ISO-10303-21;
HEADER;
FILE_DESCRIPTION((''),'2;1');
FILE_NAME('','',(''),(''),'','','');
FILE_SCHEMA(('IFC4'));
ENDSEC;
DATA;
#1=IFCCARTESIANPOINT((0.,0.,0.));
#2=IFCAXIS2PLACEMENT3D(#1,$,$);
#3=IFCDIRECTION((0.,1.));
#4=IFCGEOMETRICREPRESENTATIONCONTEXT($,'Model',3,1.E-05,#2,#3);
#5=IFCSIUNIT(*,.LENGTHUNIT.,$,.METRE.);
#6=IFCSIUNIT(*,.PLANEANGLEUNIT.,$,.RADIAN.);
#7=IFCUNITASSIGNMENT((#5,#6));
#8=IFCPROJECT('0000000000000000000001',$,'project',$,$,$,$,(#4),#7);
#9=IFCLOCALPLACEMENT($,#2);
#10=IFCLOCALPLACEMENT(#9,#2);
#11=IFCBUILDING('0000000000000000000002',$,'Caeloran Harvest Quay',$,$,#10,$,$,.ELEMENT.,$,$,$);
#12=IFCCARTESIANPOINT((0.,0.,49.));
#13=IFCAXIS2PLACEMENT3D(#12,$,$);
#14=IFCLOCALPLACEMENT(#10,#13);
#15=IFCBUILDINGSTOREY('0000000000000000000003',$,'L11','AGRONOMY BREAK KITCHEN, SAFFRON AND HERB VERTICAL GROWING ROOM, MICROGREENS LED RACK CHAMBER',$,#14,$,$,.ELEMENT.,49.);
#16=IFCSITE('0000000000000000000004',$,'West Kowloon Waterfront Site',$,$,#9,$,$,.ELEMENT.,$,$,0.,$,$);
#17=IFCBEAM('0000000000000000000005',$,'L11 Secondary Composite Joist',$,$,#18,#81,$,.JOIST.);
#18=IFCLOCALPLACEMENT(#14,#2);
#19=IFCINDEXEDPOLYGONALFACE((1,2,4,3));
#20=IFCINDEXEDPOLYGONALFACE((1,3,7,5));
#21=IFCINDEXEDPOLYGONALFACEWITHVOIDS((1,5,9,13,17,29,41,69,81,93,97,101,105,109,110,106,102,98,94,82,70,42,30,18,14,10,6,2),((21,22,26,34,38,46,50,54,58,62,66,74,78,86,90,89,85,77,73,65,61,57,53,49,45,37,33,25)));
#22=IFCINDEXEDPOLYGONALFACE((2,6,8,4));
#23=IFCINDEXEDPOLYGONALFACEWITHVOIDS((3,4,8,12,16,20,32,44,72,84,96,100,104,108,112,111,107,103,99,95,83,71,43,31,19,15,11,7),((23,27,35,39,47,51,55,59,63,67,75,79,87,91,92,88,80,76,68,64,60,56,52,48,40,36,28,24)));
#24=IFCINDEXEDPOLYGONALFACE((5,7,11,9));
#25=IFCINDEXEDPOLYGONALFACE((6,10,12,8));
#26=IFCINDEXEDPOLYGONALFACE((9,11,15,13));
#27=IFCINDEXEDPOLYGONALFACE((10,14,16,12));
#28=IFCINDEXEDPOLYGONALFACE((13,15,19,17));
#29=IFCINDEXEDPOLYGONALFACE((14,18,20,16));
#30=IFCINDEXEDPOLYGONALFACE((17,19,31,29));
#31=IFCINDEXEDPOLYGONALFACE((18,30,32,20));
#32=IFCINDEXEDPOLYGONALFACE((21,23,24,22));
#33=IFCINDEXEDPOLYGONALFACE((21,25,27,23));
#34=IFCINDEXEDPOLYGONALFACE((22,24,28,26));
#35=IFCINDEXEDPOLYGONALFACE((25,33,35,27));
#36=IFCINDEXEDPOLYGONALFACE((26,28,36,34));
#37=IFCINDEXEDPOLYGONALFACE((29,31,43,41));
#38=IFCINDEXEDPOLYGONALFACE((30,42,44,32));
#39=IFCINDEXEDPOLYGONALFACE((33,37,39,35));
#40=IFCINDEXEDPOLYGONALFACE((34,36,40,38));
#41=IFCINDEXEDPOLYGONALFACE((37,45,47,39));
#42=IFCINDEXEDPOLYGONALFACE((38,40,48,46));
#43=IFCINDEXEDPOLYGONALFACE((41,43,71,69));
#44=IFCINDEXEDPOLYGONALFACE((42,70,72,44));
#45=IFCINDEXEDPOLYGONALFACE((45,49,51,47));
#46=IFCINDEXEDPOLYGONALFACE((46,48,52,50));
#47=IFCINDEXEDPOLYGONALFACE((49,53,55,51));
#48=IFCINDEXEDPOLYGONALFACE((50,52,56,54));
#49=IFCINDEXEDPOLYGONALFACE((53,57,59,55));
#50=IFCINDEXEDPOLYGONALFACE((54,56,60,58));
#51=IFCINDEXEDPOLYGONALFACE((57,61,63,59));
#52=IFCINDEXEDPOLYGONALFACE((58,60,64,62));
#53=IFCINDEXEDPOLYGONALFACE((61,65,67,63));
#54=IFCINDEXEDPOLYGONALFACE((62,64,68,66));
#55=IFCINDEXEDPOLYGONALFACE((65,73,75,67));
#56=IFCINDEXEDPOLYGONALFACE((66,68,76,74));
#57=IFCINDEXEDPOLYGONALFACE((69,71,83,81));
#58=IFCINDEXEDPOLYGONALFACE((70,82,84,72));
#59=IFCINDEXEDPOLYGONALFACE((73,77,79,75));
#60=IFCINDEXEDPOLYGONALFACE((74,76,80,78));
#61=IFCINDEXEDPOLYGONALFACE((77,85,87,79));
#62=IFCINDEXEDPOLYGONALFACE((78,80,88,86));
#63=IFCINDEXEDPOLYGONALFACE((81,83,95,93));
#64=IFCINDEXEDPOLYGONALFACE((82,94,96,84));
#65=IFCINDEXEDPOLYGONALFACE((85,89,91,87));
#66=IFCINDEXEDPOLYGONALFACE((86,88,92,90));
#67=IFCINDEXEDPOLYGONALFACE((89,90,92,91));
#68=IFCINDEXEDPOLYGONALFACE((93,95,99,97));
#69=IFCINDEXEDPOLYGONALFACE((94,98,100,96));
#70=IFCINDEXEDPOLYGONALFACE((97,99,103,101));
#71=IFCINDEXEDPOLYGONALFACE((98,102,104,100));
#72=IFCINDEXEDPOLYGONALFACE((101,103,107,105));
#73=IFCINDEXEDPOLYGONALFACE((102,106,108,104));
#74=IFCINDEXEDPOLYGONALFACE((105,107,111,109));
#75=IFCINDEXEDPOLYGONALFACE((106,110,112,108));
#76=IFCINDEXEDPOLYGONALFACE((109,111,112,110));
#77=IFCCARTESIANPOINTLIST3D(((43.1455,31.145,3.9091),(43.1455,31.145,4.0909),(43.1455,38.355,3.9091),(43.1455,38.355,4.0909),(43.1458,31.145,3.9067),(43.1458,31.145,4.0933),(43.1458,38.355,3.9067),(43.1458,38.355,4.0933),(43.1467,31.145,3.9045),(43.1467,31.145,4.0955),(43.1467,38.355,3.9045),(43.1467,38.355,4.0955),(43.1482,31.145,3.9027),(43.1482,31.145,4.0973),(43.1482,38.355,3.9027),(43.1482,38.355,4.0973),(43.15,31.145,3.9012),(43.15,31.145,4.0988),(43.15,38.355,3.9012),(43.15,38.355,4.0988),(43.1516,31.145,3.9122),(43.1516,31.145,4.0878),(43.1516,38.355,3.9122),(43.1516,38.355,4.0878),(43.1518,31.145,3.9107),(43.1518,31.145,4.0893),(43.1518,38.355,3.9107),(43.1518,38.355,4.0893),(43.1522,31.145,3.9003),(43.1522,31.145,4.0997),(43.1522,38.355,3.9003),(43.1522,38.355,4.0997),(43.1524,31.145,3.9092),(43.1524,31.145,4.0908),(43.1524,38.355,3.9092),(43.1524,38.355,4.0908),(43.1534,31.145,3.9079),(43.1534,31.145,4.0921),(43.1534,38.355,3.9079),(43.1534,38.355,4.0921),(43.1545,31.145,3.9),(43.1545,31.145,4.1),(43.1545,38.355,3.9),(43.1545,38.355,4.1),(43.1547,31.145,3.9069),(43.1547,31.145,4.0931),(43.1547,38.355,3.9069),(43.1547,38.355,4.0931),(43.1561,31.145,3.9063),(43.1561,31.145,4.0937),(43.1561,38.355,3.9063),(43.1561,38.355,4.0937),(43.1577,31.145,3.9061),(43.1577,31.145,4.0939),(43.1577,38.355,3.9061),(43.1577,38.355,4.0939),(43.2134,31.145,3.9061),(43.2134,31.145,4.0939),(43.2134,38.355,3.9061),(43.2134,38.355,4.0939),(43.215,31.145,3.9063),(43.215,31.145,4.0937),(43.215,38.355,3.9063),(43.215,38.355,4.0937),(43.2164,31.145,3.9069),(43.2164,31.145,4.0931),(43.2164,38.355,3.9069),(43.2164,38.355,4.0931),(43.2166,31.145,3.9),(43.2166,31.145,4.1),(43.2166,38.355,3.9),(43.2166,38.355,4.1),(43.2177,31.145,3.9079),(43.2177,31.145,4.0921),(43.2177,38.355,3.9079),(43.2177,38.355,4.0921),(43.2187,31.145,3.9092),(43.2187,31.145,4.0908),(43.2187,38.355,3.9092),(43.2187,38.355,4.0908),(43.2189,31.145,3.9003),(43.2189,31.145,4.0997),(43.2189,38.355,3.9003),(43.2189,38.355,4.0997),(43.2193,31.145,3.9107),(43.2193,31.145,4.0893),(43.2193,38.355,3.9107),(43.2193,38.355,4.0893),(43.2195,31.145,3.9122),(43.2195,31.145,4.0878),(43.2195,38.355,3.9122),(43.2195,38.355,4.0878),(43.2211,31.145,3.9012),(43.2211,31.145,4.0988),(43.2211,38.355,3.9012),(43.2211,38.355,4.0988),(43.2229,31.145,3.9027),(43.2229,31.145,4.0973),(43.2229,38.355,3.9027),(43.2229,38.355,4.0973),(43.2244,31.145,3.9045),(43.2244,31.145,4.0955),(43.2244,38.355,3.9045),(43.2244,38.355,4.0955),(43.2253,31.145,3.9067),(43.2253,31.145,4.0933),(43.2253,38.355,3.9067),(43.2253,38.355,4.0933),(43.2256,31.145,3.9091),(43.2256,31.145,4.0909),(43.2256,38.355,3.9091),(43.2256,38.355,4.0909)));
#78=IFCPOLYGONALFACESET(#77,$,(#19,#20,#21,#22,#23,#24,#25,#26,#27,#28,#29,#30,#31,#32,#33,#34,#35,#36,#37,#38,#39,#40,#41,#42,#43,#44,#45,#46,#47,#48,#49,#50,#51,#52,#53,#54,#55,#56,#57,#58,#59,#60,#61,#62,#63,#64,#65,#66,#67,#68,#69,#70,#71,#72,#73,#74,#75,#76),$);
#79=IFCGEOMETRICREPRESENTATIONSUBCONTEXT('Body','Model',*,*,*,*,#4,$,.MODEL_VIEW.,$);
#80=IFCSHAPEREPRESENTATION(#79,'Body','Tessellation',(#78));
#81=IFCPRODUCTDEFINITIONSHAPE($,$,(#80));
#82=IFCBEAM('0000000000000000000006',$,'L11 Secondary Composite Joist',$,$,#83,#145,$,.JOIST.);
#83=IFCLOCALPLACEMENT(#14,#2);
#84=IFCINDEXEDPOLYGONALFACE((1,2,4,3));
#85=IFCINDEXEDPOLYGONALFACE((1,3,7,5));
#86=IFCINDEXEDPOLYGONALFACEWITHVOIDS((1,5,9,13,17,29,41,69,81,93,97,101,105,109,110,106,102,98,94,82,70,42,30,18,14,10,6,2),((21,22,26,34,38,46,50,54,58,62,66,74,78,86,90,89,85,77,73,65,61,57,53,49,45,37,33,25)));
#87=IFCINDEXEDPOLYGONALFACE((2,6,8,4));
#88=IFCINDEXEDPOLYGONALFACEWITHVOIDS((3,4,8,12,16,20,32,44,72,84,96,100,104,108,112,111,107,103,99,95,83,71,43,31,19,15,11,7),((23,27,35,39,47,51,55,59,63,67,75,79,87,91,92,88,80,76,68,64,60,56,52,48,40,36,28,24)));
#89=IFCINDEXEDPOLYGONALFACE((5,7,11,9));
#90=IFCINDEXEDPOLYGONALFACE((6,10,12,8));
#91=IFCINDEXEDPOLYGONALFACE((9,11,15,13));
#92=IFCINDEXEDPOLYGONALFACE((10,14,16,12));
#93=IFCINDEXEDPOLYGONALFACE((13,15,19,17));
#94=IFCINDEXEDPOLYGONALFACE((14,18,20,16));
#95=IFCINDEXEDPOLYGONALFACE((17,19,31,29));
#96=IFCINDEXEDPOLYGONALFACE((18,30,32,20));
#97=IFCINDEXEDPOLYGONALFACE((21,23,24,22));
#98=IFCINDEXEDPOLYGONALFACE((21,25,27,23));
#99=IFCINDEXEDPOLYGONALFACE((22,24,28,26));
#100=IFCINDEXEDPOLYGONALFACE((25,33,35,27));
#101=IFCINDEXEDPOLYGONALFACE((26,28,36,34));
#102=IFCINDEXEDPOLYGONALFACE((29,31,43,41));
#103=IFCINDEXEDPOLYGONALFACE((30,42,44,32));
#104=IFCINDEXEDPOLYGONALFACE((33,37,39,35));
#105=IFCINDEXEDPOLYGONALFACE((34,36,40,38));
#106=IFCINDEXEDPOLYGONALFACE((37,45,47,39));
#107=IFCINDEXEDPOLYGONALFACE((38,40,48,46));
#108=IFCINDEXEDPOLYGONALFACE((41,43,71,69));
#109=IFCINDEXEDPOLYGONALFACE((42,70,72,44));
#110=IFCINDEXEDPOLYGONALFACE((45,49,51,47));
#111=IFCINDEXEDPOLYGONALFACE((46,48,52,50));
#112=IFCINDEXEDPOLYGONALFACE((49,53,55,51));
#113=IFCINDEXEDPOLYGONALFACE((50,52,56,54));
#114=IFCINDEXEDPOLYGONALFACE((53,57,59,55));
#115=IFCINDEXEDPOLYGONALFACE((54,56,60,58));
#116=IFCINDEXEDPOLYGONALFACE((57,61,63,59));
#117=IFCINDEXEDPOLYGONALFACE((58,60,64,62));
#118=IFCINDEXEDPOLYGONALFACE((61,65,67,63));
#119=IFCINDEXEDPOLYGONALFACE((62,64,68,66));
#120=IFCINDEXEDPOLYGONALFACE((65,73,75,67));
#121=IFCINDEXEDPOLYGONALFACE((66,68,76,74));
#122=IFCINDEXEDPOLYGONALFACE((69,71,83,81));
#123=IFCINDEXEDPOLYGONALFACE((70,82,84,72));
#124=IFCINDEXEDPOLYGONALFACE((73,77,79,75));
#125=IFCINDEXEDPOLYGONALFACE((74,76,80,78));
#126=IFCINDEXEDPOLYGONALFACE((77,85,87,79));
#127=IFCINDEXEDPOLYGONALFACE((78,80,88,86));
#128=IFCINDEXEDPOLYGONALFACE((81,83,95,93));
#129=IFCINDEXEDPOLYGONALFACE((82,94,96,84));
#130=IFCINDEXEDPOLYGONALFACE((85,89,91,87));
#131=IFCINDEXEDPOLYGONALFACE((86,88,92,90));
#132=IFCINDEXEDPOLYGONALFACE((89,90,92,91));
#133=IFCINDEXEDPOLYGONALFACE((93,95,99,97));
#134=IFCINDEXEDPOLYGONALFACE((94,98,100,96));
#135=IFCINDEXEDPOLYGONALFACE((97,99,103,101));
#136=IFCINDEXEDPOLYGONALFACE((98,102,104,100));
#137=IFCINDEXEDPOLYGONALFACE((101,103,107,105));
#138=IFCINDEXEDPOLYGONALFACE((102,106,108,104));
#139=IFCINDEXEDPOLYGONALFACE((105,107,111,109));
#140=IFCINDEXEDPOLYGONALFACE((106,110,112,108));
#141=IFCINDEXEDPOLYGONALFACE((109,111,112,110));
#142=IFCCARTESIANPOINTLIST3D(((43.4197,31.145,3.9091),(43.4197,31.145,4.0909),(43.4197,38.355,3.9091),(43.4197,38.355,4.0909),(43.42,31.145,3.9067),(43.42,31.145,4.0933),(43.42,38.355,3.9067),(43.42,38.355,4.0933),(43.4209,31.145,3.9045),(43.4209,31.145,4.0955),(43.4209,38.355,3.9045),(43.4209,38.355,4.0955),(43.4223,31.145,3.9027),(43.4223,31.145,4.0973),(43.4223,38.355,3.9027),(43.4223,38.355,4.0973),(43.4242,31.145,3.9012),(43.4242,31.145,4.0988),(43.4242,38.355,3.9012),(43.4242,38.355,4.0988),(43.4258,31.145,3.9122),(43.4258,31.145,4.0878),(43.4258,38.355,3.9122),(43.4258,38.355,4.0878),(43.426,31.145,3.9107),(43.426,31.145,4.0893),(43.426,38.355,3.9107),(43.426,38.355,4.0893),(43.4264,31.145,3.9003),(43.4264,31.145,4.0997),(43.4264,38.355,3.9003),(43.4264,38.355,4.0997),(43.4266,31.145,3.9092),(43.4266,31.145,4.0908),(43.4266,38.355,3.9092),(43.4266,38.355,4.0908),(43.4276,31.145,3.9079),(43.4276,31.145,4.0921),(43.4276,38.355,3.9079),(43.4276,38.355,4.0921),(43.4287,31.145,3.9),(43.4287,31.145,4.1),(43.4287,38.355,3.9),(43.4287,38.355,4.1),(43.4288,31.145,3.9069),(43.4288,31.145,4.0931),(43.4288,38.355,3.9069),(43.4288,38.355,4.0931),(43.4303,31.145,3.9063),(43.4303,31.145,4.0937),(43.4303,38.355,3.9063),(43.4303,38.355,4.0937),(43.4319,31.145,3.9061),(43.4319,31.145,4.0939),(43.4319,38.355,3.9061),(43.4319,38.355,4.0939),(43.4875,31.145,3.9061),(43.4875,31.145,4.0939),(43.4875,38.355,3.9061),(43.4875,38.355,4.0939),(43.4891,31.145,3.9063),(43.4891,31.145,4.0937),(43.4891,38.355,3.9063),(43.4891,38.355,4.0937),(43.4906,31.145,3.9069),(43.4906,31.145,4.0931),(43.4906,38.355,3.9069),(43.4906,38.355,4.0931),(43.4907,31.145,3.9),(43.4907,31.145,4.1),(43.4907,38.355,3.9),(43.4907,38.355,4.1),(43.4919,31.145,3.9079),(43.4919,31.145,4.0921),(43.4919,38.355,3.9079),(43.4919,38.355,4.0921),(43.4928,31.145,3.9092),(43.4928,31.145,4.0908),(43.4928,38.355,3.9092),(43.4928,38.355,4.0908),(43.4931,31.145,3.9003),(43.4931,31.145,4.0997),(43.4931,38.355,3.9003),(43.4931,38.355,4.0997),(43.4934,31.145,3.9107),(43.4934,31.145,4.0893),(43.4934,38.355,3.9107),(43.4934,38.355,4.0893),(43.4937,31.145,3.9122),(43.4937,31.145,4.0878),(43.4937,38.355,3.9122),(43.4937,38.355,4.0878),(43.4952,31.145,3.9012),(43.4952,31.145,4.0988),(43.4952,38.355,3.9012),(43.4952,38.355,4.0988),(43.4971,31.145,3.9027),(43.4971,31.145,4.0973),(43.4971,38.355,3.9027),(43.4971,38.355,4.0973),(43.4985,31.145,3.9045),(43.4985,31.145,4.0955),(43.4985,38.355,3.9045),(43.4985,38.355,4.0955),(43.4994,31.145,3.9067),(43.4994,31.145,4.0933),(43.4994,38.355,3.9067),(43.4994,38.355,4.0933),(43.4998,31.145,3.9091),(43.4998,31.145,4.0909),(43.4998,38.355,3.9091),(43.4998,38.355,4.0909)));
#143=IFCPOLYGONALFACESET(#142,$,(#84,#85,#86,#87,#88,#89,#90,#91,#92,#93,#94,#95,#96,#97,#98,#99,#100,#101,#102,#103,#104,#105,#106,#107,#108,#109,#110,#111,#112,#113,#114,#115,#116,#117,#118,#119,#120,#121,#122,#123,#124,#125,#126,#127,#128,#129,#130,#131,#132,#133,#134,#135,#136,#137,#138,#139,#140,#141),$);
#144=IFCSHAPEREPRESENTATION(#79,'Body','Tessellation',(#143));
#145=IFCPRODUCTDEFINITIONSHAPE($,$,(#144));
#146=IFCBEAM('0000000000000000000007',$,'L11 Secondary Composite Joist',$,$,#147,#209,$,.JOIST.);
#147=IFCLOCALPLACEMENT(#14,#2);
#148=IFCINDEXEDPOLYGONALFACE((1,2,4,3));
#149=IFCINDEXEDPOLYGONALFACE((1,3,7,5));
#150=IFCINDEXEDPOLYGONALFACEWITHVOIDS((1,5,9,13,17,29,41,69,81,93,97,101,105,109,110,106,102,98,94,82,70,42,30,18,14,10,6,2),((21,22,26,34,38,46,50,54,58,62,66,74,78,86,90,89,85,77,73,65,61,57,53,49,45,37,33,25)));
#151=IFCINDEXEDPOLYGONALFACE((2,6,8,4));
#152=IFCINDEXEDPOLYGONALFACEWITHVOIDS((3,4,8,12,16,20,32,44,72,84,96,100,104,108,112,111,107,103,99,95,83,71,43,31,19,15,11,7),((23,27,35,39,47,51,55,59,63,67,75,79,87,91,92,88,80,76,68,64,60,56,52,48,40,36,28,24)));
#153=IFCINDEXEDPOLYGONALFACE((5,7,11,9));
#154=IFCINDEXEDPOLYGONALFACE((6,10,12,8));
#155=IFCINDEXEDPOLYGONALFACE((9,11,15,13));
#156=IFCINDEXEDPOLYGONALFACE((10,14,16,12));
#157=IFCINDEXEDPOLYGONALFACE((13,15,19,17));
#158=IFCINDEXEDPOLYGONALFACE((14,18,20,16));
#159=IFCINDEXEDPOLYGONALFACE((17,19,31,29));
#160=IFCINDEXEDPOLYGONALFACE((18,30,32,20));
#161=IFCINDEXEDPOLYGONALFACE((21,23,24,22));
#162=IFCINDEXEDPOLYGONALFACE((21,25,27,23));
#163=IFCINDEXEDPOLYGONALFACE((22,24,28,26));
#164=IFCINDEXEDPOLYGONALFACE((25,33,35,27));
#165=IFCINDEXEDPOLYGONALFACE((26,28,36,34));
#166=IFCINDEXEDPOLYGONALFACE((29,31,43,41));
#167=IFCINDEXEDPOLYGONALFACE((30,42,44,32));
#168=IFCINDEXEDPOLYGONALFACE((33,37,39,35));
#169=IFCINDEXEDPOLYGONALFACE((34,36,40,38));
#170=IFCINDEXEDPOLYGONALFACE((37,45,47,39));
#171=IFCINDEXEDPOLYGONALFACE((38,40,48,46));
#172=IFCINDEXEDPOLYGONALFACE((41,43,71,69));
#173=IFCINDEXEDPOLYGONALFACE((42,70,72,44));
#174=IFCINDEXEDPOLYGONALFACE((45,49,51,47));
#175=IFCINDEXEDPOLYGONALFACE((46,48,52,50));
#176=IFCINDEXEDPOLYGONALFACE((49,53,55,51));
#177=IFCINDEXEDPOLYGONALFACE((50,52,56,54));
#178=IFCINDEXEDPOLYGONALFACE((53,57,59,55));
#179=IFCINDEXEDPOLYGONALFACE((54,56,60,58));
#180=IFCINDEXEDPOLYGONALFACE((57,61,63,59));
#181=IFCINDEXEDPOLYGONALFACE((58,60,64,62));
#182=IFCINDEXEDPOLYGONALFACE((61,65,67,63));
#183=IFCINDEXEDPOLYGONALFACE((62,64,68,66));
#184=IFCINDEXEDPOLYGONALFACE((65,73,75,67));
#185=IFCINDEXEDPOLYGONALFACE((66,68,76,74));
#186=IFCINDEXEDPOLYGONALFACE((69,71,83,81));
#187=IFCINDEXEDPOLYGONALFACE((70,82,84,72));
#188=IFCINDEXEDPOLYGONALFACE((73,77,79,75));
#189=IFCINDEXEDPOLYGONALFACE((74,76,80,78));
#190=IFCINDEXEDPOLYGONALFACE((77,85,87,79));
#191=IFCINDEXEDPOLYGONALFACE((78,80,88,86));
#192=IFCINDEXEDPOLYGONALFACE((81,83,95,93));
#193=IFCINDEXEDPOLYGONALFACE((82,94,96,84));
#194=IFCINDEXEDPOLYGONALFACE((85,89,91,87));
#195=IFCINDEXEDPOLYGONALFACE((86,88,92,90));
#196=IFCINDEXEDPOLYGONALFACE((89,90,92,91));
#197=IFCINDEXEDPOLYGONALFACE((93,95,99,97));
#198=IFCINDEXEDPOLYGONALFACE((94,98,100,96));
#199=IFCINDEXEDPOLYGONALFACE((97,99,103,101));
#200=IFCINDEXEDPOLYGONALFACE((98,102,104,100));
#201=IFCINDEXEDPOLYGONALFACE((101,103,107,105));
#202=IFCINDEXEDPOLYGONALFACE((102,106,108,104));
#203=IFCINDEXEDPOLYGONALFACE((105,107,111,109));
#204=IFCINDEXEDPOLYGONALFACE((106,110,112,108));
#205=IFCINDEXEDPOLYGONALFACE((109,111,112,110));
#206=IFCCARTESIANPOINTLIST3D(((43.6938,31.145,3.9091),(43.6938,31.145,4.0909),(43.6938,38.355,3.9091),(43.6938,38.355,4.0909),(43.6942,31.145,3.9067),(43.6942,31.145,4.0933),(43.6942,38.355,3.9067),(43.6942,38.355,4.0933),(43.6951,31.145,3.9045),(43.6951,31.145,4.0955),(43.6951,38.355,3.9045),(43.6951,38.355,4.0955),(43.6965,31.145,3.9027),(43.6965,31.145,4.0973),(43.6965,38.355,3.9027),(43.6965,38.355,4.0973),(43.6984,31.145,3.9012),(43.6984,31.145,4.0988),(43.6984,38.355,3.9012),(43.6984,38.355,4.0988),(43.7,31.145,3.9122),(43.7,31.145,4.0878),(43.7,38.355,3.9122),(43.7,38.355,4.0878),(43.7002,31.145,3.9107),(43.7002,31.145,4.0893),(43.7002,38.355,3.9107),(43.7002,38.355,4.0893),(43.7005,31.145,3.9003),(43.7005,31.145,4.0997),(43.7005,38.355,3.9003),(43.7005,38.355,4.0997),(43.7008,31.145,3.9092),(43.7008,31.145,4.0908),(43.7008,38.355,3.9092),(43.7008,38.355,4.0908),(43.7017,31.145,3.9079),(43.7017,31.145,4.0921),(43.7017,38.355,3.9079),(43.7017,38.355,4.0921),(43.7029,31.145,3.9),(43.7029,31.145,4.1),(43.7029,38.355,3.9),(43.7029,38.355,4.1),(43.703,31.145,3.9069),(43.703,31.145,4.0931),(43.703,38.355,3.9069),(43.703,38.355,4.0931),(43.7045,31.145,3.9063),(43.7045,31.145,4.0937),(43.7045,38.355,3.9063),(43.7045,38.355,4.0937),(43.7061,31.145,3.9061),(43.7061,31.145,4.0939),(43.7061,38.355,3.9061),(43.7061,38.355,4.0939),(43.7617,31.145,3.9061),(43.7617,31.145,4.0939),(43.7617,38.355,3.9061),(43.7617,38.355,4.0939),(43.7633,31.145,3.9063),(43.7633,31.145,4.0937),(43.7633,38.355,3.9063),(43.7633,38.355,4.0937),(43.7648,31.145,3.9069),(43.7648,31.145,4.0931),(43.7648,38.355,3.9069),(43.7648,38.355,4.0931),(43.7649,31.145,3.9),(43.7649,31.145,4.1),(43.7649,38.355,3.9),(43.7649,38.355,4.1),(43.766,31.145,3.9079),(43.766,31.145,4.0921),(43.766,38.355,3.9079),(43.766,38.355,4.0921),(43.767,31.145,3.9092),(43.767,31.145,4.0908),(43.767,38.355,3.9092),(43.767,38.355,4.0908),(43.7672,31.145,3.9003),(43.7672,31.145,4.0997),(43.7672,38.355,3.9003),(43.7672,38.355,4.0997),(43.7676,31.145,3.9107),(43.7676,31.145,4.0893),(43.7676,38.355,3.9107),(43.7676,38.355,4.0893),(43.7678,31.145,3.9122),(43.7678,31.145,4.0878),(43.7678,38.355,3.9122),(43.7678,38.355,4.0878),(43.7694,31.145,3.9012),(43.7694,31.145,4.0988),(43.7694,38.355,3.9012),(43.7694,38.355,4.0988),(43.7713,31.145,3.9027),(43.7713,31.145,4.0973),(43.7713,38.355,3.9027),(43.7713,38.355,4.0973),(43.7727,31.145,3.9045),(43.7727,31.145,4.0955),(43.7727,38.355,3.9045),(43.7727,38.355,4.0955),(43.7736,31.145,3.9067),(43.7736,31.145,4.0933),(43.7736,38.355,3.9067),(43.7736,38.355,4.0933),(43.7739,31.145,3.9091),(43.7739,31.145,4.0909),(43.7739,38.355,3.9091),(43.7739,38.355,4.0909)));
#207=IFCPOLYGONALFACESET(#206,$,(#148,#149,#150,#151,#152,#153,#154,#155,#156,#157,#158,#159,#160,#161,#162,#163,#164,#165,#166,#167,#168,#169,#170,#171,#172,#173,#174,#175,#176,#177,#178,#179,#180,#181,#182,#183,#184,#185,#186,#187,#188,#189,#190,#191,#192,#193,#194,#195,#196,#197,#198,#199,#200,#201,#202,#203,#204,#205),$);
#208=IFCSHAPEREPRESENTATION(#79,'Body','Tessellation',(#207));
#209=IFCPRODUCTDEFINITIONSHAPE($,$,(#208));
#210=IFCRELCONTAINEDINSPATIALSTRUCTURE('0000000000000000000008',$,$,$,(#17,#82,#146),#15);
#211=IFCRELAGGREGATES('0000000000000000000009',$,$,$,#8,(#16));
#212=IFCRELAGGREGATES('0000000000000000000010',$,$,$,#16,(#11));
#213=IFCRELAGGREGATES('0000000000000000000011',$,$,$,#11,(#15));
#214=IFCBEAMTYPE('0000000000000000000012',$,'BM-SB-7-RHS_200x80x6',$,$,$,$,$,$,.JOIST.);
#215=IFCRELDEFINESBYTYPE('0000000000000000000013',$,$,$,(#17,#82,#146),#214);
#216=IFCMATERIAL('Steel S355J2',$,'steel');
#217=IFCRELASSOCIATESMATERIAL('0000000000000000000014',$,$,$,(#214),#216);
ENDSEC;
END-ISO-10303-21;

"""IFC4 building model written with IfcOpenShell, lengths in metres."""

from ifc_helpers import new_model, si_unit, direction, frame, origin, origin_2d, place, context, subcontext, project, spatial, hollow_rectangle, extrude, material, material_profile, profile_set, type_object, element, save


model = new_model("IFC4")

# Units and contexts
model_context = context("Model", 3, precision=1e-05, world=origin(), true_north=direction((0.0, 1.0)))
body_context = subcontext(model_context, "Body", "Model", "MODEL_VIEW")
ifc_project = project(units=[si_unit("LENGTHUNIT", "METRE"), si_unit("PLANEANGLEUNIT", "RADIAN")], contexts=[model_context])

# Site, building, storey
site_placement = place(None, origin())
site = spatial("IfcSite", under=ifc_project, at=site_placement, Name="West Kowloon Waterfront Site", CompositionType="ELEMENT", RefElevation=0.0)
building_placement = place(site_placement, origin())
building = spatial("IfcBuilding", under=site, at=building_placement, Name="Caeloran Harvest Quay", CompositionType="ELEMENT")
storey_placement = place(building_placement, frame((0.0, 0.0, 49.0)))
storey = spatial("IfcBuildingStorey", under=building, at=storey_placement, Name="L11", Description="AGRONOMY BREAK KITCHEN, SAFFRON AND HERB VERTICAL GROWING ROOM, MICROGREENS LED RACK CHAMBER", CompositionType="ELEMENT", Elevation=49.0)

# Beams
ifc_material_1 = material(Name="Steel S355J2", Category="steel")
ifc_material_profile_1 = material_profile(ifc_material_1, hollow_rectangle(XDim=0.0801, YDim=0.2, WallThickness=0.0061, InnerFilletRadius=0.0061, OuterFilletRadius=0.009, at=origin_2d()), Name="RHS 200x80x6")
ifc_profile_set_1 = profile_set([ifc_material_profile_1], Name="Steel S355J2")
beam_type_1 = type_object("IfcBeamType", Name="BM-SB-7-RHS_200x80x6", PredefinedType="JOIST", material=ifc_profile_set_1)
for number, where, z_axis, x_axis, name in (
    (1, (43.1855, 31.145, 4.0), (0.0, 1.0, 0.0), (-1.0, 0.0, 0.0), "L11 Secondary Composite Joist"),
    (2, (43.4597, 31.145, 4.0), (0.0, 1.0, 0.0), (-1.0, 0.0, 0.0), "L11 Secondary Composite Joist"),
    (3, (43.7339, 31.145, 4.0), (0.0, 1.0, 0.0), (-1.0, 0.0, 0.0), "L11 Secondary Composite Joist"),
):
    element("IfcBeam", number, at=place(storey_placement, frame(where, z_axis=z_axis, x_axis=x_axis)), inside=storey, type_object=beam_type_1, Name=name, PredefinedType="JOIST", context=body_context, shape_type="SweptSolid", body=[
        extrude(hollow_rectangle(XDim=0.0801, YDim=0.2, WallThickness=0.0061, InnerFilletRadius=0.0061, OuterFilletRadius=0.009, at=origin_2d()), origin(), (0.0, 0.0, 1.0), 7.21),
    ])

save(model, "model.ifc")
